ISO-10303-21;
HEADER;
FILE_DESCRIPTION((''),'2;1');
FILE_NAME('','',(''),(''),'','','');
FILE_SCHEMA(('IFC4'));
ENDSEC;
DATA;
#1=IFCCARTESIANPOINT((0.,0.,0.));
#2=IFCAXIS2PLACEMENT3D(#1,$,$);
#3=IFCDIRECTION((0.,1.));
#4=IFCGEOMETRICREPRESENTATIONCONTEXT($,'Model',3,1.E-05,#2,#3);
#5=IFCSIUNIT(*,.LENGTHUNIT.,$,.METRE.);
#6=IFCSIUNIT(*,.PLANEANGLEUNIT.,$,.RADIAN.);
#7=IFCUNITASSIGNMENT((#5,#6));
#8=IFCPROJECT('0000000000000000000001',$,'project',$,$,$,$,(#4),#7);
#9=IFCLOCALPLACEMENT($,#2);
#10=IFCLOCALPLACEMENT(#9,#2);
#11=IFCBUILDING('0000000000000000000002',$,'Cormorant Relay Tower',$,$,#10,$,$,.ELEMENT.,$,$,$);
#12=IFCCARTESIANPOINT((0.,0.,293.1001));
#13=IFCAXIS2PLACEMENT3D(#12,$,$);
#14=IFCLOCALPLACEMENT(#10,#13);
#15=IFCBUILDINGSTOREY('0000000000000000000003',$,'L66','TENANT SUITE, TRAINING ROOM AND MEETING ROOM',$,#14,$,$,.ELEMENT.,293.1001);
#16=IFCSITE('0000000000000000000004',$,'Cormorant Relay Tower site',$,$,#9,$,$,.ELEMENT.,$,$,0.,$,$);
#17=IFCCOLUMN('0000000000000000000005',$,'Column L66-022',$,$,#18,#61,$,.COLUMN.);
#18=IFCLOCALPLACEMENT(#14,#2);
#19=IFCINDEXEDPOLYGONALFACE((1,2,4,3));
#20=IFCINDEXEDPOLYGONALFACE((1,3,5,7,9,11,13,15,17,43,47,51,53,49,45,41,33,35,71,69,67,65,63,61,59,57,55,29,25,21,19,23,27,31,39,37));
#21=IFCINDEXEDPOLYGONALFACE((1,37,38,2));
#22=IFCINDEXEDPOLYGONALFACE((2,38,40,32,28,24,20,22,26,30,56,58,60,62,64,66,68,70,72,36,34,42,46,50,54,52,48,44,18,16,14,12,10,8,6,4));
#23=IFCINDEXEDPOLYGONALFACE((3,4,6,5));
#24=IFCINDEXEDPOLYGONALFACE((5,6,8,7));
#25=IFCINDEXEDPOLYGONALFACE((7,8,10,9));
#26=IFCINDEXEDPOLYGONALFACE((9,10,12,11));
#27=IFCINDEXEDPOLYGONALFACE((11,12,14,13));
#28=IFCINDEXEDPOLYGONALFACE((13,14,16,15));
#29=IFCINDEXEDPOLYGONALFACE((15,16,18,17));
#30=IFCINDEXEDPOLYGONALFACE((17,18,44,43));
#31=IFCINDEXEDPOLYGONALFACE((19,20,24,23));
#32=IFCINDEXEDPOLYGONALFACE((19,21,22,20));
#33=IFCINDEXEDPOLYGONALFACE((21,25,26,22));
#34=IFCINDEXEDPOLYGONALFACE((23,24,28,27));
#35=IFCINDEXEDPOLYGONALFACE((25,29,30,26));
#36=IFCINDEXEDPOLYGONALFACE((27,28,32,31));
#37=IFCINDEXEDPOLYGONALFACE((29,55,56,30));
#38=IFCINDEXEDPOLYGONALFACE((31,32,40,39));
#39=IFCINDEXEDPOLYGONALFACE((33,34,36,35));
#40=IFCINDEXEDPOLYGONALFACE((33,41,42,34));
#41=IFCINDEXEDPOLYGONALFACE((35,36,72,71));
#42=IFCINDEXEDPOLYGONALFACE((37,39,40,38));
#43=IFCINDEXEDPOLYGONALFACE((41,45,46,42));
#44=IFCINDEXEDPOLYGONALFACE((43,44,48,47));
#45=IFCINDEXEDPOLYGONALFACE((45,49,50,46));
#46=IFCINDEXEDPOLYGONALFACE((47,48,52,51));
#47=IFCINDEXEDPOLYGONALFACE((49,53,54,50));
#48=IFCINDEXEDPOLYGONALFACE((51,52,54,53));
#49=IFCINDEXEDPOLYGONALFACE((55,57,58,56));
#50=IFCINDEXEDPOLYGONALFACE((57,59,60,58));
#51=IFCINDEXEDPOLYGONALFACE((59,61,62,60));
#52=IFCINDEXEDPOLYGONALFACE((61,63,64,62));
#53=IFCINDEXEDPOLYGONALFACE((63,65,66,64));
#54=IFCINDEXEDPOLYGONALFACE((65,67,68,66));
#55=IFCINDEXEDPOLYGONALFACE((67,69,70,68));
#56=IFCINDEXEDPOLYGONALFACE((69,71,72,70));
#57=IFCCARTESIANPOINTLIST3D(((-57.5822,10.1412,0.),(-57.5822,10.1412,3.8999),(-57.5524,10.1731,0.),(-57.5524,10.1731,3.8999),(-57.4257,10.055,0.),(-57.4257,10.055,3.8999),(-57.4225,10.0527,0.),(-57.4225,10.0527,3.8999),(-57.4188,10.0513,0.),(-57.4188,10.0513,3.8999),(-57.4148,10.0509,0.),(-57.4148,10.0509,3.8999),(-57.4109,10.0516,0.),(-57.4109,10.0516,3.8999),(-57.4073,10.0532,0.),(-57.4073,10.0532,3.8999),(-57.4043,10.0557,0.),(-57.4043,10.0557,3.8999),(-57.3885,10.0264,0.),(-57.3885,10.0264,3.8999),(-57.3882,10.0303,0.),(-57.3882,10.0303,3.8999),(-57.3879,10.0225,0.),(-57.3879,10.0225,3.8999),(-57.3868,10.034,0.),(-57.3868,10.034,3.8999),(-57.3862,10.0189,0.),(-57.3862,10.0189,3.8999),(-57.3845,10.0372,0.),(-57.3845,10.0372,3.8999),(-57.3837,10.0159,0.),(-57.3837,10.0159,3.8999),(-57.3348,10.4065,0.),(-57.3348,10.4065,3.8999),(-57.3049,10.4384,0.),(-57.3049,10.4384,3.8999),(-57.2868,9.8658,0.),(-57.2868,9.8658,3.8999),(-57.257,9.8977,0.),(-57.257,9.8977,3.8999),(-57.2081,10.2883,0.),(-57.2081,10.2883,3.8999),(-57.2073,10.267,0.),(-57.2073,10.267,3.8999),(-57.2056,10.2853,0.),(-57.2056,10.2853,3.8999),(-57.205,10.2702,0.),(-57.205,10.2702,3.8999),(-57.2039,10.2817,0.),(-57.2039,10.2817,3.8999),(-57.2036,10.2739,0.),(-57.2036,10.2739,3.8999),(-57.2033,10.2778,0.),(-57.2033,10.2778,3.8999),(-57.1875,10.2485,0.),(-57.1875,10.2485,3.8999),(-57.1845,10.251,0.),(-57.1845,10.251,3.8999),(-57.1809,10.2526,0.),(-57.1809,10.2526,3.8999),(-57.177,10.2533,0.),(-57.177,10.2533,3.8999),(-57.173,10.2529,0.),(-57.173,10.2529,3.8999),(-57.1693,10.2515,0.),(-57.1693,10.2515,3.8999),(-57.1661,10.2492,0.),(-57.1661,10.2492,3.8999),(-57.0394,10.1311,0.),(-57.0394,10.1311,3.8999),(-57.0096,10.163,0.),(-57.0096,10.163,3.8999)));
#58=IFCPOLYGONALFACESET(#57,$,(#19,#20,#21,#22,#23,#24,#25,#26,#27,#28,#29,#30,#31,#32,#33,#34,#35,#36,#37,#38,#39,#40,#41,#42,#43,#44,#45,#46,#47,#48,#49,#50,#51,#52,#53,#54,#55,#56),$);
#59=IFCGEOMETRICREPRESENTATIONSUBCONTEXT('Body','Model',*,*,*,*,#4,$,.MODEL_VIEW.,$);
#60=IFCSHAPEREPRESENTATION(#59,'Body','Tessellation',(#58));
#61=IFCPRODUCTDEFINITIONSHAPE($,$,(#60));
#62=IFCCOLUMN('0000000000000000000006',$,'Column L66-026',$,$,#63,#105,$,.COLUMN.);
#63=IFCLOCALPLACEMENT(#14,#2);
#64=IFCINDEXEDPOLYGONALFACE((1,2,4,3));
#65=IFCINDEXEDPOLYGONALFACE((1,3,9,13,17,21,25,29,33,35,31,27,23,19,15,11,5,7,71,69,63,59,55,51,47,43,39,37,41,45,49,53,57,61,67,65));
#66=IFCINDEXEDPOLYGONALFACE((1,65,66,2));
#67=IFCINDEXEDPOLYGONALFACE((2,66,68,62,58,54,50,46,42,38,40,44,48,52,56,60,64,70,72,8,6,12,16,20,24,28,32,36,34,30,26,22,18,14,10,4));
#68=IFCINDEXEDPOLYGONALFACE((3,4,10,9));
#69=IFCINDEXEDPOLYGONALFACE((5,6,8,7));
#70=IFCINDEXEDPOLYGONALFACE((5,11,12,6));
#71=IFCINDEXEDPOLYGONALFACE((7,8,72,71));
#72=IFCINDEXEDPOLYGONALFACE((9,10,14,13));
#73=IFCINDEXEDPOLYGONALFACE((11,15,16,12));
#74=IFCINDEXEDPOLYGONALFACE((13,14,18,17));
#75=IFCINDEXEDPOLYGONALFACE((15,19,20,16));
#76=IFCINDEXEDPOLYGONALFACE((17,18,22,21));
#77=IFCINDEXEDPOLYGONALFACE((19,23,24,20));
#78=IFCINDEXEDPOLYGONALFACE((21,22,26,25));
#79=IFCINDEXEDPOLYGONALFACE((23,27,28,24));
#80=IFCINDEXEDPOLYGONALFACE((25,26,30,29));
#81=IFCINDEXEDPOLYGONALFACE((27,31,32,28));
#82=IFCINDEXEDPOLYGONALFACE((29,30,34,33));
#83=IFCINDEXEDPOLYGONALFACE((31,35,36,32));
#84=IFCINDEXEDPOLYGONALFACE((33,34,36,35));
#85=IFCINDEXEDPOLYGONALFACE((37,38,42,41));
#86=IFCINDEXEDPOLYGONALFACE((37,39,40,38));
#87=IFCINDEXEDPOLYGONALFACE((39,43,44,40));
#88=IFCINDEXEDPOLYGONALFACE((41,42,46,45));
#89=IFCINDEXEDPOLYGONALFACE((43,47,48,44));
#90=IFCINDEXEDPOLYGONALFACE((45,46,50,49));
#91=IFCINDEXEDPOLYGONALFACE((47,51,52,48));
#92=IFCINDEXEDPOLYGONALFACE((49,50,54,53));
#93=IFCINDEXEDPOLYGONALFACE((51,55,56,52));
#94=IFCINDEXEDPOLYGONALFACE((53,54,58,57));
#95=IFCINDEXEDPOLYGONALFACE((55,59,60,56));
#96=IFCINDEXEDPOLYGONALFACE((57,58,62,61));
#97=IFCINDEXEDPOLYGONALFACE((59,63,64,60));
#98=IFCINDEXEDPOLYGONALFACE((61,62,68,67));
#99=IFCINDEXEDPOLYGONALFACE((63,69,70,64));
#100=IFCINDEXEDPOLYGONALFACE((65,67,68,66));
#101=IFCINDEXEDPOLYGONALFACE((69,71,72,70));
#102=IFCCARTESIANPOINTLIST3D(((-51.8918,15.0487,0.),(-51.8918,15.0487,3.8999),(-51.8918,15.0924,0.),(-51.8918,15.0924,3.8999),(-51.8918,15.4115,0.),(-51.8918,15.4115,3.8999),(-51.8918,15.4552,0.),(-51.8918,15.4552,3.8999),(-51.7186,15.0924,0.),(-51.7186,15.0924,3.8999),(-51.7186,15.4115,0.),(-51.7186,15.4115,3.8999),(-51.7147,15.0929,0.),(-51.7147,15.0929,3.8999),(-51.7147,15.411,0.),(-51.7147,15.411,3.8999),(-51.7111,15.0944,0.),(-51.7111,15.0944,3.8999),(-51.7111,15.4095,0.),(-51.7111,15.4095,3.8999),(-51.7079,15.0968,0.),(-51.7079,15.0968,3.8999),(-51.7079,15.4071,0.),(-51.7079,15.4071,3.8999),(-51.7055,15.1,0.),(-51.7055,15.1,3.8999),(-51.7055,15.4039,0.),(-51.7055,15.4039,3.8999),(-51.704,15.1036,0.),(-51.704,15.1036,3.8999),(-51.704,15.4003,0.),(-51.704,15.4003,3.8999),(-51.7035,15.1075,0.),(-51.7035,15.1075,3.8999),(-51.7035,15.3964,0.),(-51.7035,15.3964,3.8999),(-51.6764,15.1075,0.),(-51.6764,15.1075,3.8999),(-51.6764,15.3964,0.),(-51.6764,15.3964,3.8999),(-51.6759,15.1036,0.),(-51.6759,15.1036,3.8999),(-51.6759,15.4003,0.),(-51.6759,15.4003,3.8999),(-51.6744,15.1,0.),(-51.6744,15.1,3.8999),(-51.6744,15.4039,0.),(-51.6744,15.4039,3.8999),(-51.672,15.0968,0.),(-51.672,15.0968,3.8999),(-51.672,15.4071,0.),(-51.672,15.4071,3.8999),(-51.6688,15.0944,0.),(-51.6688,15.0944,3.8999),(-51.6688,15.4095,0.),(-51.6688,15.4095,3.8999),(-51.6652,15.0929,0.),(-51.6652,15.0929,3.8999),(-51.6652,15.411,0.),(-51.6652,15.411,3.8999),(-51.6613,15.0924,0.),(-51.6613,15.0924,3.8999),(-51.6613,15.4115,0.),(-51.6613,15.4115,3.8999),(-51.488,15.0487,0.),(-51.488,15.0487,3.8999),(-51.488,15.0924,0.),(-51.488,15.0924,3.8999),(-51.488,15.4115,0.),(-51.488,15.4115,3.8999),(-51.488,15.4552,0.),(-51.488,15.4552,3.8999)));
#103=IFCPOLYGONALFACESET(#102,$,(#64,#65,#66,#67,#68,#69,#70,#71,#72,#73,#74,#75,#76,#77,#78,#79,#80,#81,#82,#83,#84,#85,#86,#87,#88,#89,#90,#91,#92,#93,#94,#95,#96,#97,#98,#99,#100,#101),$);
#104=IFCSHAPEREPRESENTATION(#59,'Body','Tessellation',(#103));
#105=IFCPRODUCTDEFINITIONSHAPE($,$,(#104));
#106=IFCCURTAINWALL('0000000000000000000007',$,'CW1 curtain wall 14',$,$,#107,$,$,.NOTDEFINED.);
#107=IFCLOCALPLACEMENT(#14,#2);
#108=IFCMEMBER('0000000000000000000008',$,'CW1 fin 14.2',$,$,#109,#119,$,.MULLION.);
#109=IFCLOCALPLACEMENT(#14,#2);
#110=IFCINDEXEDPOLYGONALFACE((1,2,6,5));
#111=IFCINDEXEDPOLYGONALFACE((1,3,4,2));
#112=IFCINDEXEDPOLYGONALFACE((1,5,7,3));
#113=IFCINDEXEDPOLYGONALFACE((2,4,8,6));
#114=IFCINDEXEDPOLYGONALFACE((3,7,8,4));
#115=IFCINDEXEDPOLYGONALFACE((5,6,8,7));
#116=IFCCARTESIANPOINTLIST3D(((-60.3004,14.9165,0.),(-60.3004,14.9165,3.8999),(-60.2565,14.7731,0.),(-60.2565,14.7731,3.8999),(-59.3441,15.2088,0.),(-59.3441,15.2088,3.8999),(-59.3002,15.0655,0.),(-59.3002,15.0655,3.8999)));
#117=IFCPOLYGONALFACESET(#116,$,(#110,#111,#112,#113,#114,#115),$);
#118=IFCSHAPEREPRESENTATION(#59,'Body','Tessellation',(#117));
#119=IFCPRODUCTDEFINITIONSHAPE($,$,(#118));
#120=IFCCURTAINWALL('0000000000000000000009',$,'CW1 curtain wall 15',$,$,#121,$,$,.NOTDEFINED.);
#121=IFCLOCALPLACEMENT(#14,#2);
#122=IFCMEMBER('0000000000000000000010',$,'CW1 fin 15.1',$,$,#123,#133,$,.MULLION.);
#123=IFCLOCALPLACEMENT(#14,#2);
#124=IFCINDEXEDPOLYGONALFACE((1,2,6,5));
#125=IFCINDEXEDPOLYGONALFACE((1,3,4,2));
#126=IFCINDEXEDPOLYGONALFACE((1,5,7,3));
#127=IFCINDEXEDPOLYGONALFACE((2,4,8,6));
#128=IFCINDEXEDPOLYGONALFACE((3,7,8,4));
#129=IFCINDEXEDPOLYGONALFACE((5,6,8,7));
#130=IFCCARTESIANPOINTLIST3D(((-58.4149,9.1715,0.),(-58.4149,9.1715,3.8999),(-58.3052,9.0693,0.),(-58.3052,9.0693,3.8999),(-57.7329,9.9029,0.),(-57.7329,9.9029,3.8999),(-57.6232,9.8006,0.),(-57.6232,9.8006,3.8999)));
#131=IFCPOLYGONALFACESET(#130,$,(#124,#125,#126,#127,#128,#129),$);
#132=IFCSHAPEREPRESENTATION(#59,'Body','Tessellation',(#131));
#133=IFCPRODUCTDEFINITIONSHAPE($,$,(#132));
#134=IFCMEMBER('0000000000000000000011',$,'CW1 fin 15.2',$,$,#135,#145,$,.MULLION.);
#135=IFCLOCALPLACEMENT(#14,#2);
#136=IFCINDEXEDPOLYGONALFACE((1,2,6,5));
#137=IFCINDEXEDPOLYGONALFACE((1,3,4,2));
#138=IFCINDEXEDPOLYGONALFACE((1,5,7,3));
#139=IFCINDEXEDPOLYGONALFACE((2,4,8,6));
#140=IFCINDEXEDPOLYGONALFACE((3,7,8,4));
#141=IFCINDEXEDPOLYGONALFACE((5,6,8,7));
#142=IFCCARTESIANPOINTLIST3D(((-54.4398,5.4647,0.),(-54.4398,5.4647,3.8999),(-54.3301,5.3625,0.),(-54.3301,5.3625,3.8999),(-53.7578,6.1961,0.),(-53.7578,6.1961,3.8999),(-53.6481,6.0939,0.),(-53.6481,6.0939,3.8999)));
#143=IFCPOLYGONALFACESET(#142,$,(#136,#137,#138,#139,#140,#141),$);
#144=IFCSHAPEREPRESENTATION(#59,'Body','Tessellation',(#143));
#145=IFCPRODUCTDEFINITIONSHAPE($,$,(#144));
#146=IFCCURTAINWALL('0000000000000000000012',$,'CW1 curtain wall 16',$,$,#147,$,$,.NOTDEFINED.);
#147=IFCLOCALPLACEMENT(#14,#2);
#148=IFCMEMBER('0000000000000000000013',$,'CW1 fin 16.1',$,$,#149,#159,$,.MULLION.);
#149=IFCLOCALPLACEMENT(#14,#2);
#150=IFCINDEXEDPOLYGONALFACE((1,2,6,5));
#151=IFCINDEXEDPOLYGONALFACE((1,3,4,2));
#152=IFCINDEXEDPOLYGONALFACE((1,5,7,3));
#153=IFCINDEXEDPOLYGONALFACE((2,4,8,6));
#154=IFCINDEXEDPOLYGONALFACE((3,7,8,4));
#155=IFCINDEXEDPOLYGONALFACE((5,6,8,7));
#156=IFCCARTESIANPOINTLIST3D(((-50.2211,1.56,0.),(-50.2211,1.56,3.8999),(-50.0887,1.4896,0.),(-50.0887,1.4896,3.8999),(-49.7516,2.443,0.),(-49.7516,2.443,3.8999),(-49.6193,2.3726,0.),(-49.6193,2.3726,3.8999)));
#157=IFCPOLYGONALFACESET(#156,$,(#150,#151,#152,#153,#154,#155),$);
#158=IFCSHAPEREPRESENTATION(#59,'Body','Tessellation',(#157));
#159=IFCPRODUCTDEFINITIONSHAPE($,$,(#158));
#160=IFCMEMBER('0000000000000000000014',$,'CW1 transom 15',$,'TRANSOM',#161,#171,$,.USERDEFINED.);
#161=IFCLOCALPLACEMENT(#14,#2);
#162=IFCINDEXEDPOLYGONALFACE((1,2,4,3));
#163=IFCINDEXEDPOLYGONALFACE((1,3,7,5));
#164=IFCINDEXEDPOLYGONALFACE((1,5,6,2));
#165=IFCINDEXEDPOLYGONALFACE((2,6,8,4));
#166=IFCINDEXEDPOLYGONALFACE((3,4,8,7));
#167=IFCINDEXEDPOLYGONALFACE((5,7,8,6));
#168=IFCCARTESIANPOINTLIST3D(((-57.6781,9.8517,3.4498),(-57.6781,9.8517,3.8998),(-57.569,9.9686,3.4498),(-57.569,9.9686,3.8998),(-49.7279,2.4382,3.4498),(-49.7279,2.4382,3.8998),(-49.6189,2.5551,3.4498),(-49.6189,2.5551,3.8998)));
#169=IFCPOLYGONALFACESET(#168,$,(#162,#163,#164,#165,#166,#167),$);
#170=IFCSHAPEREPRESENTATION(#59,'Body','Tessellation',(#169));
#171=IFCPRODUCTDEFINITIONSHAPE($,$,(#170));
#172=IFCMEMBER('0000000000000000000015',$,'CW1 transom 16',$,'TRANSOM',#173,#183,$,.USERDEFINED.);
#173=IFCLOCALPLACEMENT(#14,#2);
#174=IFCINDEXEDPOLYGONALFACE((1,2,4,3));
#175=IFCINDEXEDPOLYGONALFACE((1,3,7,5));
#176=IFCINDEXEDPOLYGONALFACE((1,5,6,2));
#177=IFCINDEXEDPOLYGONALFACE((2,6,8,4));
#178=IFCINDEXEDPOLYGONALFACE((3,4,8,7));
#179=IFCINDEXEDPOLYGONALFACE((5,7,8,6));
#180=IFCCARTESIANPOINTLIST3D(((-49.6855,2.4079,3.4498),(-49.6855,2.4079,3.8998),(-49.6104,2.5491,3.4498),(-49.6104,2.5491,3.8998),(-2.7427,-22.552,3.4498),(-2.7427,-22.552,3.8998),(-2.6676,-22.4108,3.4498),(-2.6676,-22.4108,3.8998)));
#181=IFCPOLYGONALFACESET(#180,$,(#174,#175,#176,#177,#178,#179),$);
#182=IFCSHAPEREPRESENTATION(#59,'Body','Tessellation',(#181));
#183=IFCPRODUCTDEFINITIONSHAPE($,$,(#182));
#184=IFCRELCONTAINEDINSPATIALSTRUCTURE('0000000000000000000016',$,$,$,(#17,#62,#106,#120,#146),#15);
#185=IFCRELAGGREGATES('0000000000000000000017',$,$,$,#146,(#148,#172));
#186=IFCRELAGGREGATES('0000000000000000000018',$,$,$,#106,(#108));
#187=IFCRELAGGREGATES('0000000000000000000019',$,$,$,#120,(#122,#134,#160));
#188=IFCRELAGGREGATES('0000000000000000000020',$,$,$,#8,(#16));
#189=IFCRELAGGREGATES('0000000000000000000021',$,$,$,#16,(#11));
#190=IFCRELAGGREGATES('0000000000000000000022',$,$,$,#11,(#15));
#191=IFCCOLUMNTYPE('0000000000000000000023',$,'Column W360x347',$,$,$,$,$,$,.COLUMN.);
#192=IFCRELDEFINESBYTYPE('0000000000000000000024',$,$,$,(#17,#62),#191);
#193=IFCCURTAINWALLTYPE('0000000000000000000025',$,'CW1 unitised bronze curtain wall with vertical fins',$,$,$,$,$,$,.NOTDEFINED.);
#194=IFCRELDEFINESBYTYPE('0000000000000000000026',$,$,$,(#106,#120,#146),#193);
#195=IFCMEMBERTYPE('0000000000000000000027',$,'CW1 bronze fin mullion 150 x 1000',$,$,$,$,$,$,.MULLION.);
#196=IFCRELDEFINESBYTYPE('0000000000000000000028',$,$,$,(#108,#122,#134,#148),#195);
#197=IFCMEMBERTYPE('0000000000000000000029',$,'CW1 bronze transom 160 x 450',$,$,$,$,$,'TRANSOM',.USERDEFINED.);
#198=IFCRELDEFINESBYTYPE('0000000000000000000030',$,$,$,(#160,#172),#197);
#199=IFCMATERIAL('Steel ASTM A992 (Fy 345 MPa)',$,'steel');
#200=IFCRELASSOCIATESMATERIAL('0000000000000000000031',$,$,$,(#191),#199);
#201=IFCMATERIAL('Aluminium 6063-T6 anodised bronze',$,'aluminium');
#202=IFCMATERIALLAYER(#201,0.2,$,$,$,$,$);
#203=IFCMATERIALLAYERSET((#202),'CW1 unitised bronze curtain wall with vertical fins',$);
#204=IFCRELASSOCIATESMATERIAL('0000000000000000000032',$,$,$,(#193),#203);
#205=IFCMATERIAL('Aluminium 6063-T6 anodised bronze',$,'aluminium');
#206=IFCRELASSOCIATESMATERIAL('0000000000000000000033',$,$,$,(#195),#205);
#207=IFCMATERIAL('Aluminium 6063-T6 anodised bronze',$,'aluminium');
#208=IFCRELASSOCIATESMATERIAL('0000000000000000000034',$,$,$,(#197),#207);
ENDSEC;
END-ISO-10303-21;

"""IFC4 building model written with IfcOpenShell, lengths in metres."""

from ifc_helpers import new_model, si_unit, direction, frame, origin, origin_2d, place, context, subcontext, project, spatial, rectangle, i_section, extrude, material, layer, layer_set, material_profile, profile_set, type_object, element, aggregate, save


model = new_model("IFC4")

# Units and contexts
model_context = context("Model", 3, precision=1e-05, world=origin(), true_north=direction((0.0, 1.0)))
body_context = subcontext(model_context, "Body", "Model", "MODEL_VIEW")
ifc_project = project(units=[si_unit("LENGTHUNIT", "METRE"), si_unit("PLANEANGLEUNIT", "RADIAN")], contexts=[model_context])

# Site, building, storey
site_placement = place(None, origin())
site = spatial("IfcSite", under=ifc_project, at=site_placement, Name="Cormorant Relay Tower site", CompositionType="ELEMENT", RefElevation=0.0)
building_placement = place(site_placement, origin())
building = spatial("IfcBuilding", under=site, at=building_placement, Name="Cormorant Relay Tower", CompositionType="ELEMENT")
storey_placement = place(building_placement, frame((0.0, 0.0, 293.1001)))
storey = spatial("IfcBuildingStorey", under=building, at=storey_placement, Name="L66", Description="TENANT SUITE, TRAINING ROOM AND MEETING ROOM", CompositionType="ELEMENT", Elevation=293.1001)

# Columns
ifc_material_1 = material(Name="Steel ASTM A992 (Fy 345 MPa)", Category="steel")
ifc_material_profile_1 = material_profile(ifc_material_1, i_section(OverallWidth=0.4038, OverallDepth=0.4065, WebThickness=0.0271, FlangeThickness=0.0437, FilletRadius=0.0151, at=origin_2d()), Name="W360x347")
ifc_profile_set_1 = profile_set([ifc_material_profile_1], Name="Steel ASTM A992 (Fy 345 MPa)")
column_type = type_object("IfcColumnType", Name="Column W360x347", PredefinedType="COLUMN", material=ifc_profile_set_1)
for number, where, z_axis, x_axis, name in (
    (1, (-57.2959, 10.1521, 0.0), (0.0, 0.0, 1.0), (0.731354, -0.681998, 0.0), "Column L66-022"),
    (2, (-51.6899, 15.252, 0.0), (0.0, 0.0, 1.0), (1.0, 0.0, 0.0), "Column L66-026"),
):
    element("IfcColumn", number, at=place(storey_placement, frame(where, z_axis=z_axis, x_axis=x_axis)), inside=storey, type_object=column_type, Name=name, PredefinedType="COLUMN", context=body_context, shape_type="SweptSolid", body=[
        extrude(i_section(OverallWidth=0.4038, OverallDepth=0.4065, WebThickness=0.0271, FlangeThickness=0.0437, FilletRadius=0.0151, at=origin_2d()), origin(), (0.0, 0.0, 1.0), 3.8999),
    ])

# Curtain wall, member
ifc_material_2 = material(Name="Aluminium 6063-T6 anodised bronze", Category="aluminium")
ifc_layer_1 = layer(ifc_material_2, 0.2)
ifc_layer_set_1 = layer_set([ifc_layer_1], Name="CW1 unitised bronze curtain wall with vertical fins")
curtain_wall_type = type_object("IfcCurtainWallType", Name="CW1 unitised bronze curtain wall with vertical fins", PredefinedType="NOTDEFINED", material=ifc_layer_set_1)
curtain_wall_1_placement = place(storey_placement, origin())
curtain_wall_1 = element("IfcCurtainWall", 3, at=curtain_wall_1_placement, inside=storey, type_object=curtain_wall_type, Name="CW1 curtain wall 14", PredefinedType="NOTDEFINED")
ifc_material_3 = material(Name="Aluminium 6063-T6 anodised bronze", Category="aluminium")
ifc_material_profile_2 = material_profile(ifc_material_3, rectangle(XDim=0.1499, YDim=1.0, at=origin_2d()), Name="AL 150x1000")
ifc_profile_set_2 = profile_set([ifc_material_profile_2], Name="Aluminium 6063-T6 anodised bronze")
member_type_1 = type_object("IfcMemberType", Name="CW1 bronze fin mullion 150 x 1000", PredefinedType="MULLION", material=ifc_profile_set_2)
member_1_placement = place(storey_placement, frame((-59.8003, 14.991, 0.0), z_axis=(0.0, 0.0, 1.0), x_axis=(0.292372, -0.956305, 0.0)))
member_1 = element("IfcMember", 4, at=member_1_placement, type_object=member_type_1, Name="CW1 fin 14.2", PredefinedType="MULLION", context=body_context, shape_type="SweptSolid", body=[
    extrude(rectangle(XDim=0.1499, YDim=1.0, at=origin_2d()), origin(), (0.0, 0.0, 1.0), 3.8999),
])

# Curtain wall, members
curtain_wall_2_placement = place(storey_placement, origin())
curtain_wall_2 = element("IfcCurtainWall", 5, at=curtain_wall_2_placement, inside=storey, type_object=curtain_wall_type, Name="CW1 curtain wall 15", PredefinedType="NOTDEFINED")
member_2_placement = place(storey_placement, frame((-58.019, 9.4861, 0.0), z_axis=(0.0, 0.0, 1.0), x_axis=(0.731354, -0.681998, 0.0)))
member_2 = element("IfcMember", 6, at=member_2_placement, type_object=member_type_1, Name="CW1 fin 15.1", PredefinedType="MULLION", context=body_context, shape_type="SweptSolid", body=[
    extrude(rectangle(XDim=0.1499, YDim=1.0, at=origin_2d()), origin(), (0.0, 0.0, 1.0), 3.8999),
])
member_3_placement = place(storey_placement, frame((-54.0439, 5.7793, 0.0), z_axis=(0.0, 0.0, 1.0), x_axis=(0.731354, -0.681998, 0.0)))
member_3 = element("IfcMember", 7, at=member_3_placement, type_object=member_type_1, Name="CW1 fin 15.2", PredefinedType="MULLION", context=body_context, shape_type="SweptSolid", body=[
    extrude(rectangle(XDim=0.1499, YDim=1.0, at=origin_2d()), origin(), (0.0, 0.0, 1.0), 3.8999),
])

# Curtain wall, member
curtain_wall_3_placement = place(storey_placement, origin())
curtain_wall_3 = element("IfcCurtainWall", 8, at=curtain_wall_3_placement, inside=storey, type_object=curtain_wall_type, Name="CW1 curtain wall 16", PredefinedType="NOTDEFINED")
member_4_placement = place(storey_placement, frame((-49.9202, 1.9663, 0.0), z_axis=(0.0, 0.0, 1.0), x_axis=(0.882948, -0.469472, 0.0)))
member_4 = element("IfcMember", 9, at=member_4_placement, type_object=member_type_1, Name="CW1 fin 16.1", PredefinedType="MULLION", context=body_context, shape_type="SweptSolid", body=[
    extrude(rectangle(XDim=0.1499, YDim=1.0, at=origin_2d()), origin(), (0.0, 0.0, 1.0), 3.8999),
])

# Members
ifc_material_4 = material(Name="Aluminium 6063-T6 anodised bronze", Category="aluminium")
ifc_material_profile_3 = material_profile(ifc_material_4, rectangle(XDim=0.1599, YDim=0.45, at=origin_2d()), Name="AL 160x450")
ifc_profile_set_3 = profile_set([ifc_material_profile_3], Name="Aluminium 6063-T6 anodised bronze")
member_type_2 = type_object("IfcMemberType", Name="CW1 bronze transom 160 x 450", ElementType="TRANSOM", PredefinedType="USERDEFINED", material=ifc_profile_set_3)
member_5_placement = place(storey_placement, frame((-57.6235, 9.9102, 3.6748), z_axis=(0.731358, -0.681993, 0.0), x_axis=(0.681993, 0.731358, 0.0)))
member_5 = element("IfcMember", 10, at=member_5_placement, type_object=member_type_2, Name="CW1 transom 15", ObjectType="TRANSOM", PredefinedType="USERDEFINED", context=body_context, shape_type="SweptSolid", body=[
    extrude(rectangle(XDim=0.1599, YDim=0.45, at=origin_2d()), origin(), (0.0, 0.0, 1.0), 10.8704),
])
member_6_placement = place(storey_placement, frame((-49.6479, 2.4785, 3.6748), z_axis=(0.882948, -0.469471, 0.0), x_axis=(0.469471, 0.882948, 0.0)))
member_6 = element("IfcMember", 11, at=member_6_placement, type_object=member_type_2, Name="CW1 transom 16", ObjectType="TRANSOM", PredefinedType="USERDEFINED", context=body_context, shape_type="SweptSolid", body=[
    extrude(rectangle(XDim=0.1599, YDim=0.45, at=origin_2d()), origin(), (0.0, 0.0, 1.0), 53.166),
])
aggregate(curtain_wall_3, [member_4, member_6])

aggregate(curtain_wall_1, [member_1])
aggregate(curtain_wall_2, [member_2, member_3, member_5])

save(model, "model.ifc")
